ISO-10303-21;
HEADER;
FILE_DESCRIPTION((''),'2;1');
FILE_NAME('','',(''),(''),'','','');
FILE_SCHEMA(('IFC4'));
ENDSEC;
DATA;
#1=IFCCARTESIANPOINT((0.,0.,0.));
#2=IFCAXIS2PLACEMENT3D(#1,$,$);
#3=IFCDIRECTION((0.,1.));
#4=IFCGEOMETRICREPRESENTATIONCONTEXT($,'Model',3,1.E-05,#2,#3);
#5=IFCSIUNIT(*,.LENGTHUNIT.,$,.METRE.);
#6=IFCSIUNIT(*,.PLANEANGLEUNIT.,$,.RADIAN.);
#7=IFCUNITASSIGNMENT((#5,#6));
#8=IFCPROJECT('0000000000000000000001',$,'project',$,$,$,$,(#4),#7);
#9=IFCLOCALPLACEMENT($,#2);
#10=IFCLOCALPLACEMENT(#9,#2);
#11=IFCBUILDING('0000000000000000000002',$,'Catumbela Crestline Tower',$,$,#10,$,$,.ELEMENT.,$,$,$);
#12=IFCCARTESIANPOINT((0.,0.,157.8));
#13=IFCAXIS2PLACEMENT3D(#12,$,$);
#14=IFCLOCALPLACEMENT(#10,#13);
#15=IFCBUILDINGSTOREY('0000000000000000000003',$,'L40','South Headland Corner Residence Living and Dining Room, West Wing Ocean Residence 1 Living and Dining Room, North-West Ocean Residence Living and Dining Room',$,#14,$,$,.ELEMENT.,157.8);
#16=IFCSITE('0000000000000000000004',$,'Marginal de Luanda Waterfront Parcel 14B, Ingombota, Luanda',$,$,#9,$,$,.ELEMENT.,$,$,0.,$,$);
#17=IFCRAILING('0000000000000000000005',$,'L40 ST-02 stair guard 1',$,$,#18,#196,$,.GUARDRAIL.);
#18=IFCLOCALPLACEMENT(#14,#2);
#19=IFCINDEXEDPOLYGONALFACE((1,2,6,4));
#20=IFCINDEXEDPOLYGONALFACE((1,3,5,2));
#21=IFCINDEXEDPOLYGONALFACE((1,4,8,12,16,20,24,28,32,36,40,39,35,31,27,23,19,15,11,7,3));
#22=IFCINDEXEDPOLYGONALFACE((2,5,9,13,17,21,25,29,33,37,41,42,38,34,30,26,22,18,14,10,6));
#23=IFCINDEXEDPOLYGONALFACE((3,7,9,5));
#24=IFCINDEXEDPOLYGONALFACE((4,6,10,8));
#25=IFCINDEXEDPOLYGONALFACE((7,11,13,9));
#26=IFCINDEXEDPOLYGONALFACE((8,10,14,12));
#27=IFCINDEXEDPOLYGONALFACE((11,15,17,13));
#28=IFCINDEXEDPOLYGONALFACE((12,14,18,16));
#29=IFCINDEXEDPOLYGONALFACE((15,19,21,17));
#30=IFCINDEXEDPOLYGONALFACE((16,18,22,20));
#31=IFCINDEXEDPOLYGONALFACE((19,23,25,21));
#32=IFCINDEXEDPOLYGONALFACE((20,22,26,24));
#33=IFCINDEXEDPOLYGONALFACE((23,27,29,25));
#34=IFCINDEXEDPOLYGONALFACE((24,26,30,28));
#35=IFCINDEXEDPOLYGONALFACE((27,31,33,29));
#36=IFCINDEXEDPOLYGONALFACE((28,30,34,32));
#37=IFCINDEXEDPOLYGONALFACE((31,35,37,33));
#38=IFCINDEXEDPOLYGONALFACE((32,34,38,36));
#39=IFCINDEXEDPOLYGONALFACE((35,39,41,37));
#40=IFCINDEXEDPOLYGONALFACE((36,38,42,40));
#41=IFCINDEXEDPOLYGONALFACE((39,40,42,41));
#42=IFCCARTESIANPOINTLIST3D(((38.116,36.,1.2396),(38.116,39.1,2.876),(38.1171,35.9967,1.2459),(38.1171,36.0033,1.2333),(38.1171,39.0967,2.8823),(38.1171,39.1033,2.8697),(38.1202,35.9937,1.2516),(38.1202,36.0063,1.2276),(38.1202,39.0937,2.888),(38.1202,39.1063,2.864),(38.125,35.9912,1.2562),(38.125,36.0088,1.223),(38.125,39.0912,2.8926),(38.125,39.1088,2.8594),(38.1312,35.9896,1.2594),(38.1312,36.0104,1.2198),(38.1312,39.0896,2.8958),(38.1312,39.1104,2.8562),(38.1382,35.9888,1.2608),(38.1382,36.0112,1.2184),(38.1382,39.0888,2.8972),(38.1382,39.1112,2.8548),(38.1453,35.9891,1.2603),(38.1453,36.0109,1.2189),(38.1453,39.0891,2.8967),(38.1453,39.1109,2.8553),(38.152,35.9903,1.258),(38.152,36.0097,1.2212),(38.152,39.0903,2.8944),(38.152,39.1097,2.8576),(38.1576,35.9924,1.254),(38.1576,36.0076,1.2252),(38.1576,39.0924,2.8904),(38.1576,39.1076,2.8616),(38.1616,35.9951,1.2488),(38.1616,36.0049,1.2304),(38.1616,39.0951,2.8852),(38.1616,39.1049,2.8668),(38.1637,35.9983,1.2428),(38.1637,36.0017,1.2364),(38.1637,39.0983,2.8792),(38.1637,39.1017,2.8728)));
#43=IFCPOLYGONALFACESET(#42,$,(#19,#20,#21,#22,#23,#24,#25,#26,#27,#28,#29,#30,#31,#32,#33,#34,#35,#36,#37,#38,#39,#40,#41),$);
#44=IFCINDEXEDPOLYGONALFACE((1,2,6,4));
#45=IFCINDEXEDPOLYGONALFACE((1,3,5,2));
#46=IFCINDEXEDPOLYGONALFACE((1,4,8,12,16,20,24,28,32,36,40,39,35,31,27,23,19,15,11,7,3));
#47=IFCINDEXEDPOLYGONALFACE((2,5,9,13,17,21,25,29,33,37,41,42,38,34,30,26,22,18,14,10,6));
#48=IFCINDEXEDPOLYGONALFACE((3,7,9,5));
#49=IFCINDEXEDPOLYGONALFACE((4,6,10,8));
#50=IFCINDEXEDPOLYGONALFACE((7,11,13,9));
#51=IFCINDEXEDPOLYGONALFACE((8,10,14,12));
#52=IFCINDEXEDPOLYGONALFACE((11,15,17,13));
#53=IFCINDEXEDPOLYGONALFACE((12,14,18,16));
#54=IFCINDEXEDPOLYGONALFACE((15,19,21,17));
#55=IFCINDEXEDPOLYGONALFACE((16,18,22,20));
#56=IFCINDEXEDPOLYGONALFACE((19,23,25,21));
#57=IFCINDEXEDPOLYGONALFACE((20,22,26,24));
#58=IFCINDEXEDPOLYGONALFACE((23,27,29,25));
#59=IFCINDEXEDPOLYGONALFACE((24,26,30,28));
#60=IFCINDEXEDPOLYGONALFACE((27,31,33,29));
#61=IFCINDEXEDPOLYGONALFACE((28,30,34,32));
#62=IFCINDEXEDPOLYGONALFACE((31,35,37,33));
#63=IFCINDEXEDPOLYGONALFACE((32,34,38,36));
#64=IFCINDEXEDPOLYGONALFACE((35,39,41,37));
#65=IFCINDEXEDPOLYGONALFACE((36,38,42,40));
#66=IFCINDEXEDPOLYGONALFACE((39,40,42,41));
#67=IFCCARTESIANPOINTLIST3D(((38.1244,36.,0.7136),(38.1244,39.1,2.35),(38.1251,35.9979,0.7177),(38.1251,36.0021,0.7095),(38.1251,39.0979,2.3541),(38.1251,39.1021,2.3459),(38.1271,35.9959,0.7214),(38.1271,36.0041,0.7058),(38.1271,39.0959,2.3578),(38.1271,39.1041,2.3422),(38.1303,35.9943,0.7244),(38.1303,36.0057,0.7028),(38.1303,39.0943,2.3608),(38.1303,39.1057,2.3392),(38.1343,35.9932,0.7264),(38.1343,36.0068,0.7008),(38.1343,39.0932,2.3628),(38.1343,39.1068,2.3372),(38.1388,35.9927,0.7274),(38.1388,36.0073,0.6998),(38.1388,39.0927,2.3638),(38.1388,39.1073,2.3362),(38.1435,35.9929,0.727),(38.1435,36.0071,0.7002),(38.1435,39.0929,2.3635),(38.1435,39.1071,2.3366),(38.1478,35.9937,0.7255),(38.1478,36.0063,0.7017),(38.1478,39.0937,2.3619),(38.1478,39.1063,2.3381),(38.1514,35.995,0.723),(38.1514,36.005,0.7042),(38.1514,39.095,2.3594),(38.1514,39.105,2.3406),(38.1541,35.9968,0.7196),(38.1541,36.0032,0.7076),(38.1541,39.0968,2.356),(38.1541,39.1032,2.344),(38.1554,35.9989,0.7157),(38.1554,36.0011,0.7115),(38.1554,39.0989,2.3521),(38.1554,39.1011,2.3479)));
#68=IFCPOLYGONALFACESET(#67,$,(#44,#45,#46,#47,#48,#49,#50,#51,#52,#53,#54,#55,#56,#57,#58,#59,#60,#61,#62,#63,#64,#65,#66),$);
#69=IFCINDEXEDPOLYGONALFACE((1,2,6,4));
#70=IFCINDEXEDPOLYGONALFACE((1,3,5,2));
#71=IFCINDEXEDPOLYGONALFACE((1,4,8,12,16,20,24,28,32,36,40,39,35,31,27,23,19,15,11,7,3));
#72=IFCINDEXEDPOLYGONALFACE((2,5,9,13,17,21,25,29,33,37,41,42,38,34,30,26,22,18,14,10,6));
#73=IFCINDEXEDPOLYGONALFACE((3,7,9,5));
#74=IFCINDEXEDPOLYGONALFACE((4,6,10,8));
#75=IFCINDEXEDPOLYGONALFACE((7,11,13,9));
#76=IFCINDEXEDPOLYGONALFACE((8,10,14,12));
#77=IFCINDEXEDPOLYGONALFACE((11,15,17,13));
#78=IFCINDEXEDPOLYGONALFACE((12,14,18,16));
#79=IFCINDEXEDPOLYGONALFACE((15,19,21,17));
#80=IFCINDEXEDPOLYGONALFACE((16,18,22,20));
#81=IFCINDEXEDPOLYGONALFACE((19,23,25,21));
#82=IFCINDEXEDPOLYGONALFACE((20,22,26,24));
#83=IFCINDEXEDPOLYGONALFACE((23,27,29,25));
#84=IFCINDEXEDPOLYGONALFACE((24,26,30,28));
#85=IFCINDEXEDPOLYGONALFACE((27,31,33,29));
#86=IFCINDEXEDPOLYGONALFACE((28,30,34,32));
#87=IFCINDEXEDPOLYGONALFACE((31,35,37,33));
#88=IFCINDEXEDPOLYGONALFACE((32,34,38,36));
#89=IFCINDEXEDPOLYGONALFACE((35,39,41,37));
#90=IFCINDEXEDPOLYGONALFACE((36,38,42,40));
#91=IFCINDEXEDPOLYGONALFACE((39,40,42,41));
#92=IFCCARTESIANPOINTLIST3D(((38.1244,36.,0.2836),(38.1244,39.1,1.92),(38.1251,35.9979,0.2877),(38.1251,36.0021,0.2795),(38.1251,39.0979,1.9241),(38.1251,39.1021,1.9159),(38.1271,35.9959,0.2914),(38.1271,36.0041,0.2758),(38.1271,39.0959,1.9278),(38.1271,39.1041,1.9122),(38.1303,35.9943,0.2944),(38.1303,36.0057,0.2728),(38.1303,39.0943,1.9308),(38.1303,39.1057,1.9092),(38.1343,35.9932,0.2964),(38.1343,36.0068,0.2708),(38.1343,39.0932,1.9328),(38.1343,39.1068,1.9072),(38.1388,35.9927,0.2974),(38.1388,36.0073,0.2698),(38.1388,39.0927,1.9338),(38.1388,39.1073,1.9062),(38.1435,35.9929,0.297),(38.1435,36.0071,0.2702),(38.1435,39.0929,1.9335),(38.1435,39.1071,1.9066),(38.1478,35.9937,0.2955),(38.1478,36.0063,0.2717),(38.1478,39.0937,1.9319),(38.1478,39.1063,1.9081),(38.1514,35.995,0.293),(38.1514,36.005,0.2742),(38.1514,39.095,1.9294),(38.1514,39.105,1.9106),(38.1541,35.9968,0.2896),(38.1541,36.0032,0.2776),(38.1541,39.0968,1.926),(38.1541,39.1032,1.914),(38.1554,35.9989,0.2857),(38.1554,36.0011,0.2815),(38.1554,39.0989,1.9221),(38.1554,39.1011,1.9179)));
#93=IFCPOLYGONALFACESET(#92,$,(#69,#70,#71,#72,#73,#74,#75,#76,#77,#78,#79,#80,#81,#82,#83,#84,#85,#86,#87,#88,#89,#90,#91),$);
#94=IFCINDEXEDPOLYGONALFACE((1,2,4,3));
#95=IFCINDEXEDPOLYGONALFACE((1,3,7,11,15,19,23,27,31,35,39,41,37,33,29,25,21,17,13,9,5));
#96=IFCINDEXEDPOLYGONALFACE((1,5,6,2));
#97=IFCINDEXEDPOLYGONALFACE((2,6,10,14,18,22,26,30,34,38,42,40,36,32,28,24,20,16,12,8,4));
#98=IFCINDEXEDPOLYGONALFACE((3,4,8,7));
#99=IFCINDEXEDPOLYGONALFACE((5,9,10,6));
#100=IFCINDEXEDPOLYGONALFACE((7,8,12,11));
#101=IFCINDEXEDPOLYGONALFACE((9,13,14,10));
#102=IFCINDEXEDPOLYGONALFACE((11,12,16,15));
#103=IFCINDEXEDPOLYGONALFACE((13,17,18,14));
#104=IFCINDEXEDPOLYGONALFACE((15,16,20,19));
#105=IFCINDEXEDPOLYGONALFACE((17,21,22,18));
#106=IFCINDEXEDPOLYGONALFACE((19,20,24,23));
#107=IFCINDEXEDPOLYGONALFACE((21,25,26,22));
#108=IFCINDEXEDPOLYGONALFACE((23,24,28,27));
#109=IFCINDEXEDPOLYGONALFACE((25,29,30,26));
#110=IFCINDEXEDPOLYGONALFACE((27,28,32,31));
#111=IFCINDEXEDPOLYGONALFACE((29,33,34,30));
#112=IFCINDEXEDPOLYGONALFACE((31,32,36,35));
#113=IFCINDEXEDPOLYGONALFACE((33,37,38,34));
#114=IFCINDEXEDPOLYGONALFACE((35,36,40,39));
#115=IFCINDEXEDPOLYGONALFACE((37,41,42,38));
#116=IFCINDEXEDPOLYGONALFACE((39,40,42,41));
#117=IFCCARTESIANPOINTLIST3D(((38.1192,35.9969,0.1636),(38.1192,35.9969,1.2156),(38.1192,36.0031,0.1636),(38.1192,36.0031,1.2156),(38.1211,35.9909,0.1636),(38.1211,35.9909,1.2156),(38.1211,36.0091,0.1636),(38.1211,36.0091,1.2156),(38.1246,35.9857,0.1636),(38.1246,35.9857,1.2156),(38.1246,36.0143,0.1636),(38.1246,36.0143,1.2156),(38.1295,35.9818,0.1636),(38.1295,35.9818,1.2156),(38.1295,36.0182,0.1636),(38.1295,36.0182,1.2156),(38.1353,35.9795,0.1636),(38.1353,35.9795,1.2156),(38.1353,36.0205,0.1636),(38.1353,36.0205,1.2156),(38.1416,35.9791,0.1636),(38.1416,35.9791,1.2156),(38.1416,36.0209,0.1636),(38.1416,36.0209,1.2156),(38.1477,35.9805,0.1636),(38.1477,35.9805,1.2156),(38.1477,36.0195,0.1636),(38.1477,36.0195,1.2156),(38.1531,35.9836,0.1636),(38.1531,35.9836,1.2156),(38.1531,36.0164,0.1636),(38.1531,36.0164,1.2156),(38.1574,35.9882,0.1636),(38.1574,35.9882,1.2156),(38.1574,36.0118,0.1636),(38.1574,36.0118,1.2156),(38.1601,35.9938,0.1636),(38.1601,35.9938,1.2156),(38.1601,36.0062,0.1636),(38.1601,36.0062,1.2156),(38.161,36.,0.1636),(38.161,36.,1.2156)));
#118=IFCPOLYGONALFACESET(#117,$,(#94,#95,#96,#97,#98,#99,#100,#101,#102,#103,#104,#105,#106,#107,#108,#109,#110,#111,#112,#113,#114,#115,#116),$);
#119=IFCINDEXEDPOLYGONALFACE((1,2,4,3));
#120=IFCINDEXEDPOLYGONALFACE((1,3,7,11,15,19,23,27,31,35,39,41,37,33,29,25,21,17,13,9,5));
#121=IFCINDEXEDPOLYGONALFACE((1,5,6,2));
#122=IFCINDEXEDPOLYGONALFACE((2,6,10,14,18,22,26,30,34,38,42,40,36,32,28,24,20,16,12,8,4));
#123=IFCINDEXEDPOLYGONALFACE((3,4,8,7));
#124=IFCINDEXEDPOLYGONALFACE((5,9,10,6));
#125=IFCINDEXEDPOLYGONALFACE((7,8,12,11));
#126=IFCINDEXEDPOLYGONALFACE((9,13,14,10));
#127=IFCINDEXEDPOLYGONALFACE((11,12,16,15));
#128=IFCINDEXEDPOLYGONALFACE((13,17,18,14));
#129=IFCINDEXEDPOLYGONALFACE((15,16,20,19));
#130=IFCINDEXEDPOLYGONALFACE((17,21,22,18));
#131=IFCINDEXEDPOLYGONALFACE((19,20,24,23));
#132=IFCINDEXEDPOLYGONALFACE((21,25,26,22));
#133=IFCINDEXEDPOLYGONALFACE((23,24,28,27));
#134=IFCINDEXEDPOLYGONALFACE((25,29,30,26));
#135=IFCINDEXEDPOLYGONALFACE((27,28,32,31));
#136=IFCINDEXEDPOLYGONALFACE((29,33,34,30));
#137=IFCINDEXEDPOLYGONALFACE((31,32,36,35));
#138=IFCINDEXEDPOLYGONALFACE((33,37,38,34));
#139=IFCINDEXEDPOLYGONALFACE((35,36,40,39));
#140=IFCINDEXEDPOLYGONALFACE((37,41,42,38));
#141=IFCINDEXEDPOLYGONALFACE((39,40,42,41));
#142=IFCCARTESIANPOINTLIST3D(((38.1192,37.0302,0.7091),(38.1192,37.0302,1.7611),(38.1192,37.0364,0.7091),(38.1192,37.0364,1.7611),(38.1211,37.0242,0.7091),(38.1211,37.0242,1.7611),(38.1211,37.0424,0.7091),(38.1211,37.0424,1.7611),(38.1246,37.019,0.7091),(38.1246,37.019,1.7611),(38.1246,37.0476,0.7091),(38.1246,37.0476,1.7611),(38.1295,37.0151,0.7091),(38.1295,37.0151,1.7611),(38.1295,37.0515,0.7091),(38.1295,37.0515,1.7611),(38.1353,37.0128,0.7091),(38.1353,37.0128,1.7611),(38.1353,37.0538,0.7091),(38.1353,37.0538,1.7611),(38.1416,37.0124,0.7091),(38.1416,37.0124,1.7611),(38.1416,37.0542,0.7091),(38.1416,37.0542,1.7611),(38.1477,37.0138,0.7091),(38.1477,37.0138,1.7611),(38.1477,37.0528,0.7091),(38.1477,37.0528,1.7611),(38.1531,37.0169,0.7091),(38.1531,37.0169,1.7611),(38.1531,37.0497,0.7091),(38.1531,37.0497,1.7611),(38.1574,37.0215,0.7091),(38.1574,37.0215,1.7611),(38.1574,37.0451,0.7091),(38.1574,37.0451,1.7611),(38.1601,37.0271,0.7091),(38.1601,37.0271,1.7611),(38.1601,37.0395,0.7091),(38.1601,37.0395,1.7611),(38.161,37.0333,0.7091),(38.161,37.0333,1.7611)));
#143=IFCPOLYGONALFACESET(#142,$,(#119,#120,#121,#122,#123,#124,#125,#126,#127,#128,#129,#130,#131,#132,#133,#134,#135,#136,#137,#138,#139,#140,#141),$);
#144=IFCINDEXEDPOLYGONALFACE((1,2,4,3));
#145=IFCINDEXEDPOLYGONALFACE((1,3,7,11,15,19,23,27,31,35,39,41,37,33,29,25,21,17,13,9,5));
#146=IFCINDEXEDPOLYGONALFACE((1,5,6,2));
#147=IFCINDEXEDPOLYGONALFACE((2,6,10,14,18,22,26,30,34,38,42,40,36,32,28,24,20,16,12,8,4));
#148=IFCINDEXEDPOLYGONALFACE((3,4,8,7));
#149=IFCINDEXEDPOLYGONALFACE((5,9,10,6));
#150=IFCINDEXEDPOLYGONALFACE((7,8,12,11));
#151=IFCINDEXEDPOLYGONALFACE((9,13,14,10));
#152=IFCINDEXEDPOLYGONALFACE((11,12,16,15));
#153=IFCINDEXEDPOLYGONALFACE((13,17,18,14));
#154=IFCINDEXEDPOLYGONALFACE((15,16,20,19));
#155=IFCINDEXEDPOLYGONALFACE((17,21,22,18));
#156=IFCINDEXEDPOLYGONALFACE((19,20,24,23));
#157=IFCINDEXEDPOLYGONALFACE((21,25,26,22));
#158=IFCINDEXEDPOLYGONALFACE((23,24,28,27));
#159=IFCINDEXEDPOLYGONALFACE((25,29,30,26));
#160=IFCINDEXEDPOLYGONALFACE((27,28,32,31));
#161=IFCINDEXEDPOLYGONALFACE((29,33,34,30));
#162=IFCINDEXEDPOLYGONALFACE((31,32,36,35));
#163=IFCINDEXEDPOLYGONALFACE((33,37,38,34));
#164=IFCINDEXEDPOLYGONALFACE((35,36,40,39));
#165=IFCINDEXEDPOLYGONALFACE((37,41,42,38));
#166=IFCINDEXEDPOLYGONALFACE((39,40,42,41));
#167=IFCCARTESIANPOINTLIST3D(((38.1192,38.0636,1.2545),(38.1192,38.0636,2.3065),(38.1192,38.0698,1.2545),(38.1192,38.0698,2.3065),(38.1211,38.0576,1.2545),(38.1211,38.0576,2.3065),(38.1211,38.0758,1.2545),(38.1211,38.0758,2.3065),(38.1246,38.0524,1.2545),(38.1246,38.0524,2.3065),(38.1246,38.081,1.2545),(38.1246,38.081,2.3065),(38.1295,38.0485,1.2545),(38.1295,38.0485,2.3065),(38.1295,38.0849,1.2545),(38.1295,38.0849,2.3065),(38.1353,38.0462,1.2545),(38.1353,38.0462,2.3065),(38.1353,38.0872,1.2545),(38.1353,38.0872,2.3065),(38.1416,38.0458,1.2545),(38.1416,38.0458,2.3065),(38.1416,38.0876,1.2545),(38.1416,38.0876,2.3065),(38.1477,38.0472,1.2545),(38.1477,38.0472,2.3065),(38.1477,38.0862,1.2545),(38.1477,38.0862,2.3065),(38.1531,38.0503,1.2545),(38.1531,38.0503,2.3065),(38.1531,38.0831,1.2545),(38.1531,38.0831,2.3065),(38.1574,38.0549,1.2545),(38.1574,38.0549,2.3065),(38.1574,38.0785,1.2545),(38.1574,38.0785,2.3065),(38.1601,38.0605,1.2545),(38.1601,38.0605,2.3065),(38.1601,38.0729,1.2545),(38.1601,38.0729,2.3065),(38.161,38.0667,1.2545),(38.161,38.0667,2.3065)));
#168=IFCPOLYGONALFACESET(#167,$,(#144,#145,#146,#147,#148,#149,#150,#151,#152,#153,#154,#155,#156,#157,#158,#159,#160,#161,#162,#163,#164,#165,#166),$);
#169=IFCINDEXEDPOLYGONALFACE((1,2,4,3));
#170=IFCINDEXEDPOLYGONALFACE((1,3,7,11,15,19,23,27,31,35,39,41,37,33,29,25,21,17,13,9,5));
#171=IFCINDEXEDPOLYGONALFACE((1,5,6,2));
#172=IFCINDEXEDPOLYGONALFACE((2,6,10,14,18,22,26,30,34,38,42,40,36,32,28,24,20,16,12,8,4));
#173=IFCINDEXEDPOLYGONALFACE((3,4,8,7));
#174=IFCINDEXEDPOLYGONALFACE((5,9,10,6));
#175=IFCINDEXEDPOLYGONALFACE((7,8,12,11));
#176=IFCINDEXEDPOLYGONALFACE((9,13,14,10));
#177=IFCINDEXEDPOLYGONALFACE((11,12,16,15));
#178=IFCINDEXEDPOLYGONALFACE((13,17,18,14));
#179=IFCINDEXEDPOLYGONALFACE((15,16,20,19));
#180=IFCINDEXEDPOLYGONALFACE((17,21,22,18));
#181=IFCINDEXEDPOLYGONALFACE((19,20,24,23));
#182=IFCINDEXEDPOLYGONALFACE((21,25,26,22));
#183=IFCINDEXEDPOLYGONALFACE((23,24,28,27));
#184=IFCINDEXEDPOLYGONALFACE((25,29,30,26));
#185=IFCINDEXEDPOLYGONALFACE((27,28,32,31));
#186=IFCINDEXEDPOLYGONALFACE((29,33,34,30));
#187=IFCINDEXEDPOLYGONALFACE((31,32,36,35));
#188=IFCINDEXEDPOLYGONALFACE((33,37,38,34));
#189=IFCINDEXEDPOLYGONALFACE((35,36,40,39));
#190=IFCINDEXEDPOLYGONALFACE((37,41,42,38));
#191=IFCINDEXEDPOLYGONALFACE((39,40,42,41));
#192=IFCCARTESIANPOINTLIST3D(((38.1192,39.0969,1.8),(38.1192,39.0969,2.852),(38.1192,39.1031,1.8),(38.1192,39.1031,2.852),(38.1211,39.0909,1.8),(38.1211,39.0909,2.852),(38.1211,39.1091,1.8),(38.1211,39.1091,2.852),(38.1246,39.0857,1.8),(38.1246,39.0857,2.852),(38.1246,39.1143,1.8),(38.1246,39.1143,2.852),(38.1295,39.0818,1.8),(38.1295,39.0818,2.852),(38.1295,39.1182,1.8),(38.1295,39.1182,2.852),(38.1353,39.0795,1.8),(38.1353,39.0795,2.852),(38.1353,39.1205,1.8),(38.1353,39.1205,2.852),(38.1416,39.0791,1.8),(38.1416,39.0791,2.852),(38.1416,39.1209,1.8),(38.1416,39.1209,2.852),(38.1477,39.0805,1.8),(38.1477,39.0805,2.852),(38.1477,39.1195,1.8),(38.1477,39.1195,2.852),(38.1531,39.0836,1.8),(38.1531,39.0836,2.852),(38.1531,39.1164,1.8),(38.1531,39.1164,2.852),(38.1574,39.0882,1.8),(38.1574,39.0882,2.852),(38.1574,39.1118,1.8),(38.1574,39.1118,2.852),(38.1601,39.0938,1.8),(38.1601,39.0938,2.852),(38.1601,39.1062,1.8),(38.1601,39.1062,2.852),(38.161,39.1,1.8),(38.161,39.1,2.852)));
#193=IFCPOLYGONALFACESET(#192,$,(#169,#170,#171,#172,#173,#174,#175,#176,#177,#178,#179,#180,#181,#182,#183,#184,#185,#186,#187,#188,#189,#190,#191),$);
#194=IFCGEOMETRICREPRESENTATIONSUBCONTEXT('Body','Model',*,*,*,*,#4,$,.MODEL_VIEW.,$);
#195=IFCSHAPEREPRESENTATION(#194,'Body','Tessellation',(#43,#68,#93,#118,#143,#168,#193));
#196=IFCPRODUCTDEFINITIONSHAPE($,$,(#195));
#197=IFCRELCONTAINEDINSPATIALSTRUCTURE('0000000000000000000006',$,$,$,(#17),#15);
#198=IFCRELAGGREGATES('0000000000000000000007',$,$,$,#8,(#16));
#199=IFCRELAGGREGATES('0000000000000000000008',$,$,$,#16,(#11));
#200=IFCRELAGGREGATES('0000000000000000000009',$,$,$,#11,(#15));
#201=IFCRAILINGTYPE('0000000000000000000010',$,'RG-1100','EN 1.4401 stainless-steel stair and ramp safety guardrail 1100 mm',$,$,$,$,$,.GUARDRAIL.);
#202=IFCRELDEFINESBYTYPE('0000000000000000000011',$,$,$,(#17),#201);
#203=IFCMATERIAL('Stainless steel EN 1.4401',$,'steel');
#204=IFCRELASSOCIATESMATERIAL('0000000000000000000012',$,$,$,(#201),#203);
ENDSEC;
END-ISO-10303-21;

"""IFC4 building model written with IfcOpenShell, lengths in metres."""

from ifc_helpers import new_model, si_unit, direction, frame, origin, origin_2d, place, context, subcontext, project, spatial, circle, extrude, material, type_object, element, save


model = new_model("IFC4")

# Units and contexts
model_context = context("Model", 3, precision=1e-05, world=origin(), true_north=direction((0.0, 1.0)))
body_context = subcontext(model_context, "Body", "Model", "MODEL_VIEW")
ifc_project = project(units=[si_unit("LENGTHUNIT", "METRE"), si_unit("PLANEANGLEUNIT", "RADIAN")], contexts=[model_context])

# Site, building, storey
site_placement = place(None, origin())
site = spatial("IfcSite", under=ifc_project, at=site_placement, Name="Marginal de Luanda Waterfront Parcel 14B, Ingombota, Luanda", CompositionType="ELEMENT", RefElevation=0.0)
building_placement = place(site_placement, origin())
building = spatial("IfcBuilding", under=site, at=building_placement, Name="Catumbela Crestline Tower", CompositionType="ELEMENT")
storey_placement = place(building_placement, frame((0.0, 0.0, 157.8)))
storey = spatial("IfcBuildingStorey", under=building, at=storey_placement, Name="L40", Description="South Headland Corner Residence Living and Dining Room, West Wing Ocean Residence 1 Living and Dining Room, North-West Ocean Residence Living and Dining Room", CompositionType="ELEMENT", Elevation=157.8)

# Shared definitions
ifc_material_1 = material(Name="Stainless steel EN 1.4401", Category="steel")

# Railing
railing_type_1 = type_object("IfcRailingType", Name="RG-1100", Description="EN 1.4401 stainless-steel stair and ramp safety guardrail 1100 mm", PredefinedType="GUARDRAIL", material=ifc_material_1)
railing_1_placement = place(storey_placement, frame((38.14, 36.0, 0.1636)))
element("IfcRailing", 1, at=railing_1_placement, inside=storey, type_object=railing_type_1, Name="L40 ST-02 stair guard 1", PredefinedType="GUARDRAIL", context=body_context, shape_type="SweptSolid", body=[
    extrude(circle(Radius=0.024, at=origin_2d()), frame((0.0, 0.0, 1.076), z_axis=(0.0, 0.884351, 0.466823), x_axis=(-1.0, 0.0, 0.0)), (0.0, 0.0, 1.0), 3.5054),
    extrude(circle(Radius=0.0156, at=origin_2d()), frame((0.0, 0.0, 0.55), z_axis=(0.0, 0.884351, 0.466823), x_axis=(-1.0, 0.0, 0.0)), (0.0, 0.0, 1.0), 3.5054),
    extrude(circle(Radius=0.0156, at=origin_2d()), frame((0.0, 0.0, 0.12), z_axis=(0.0, 0.884351, 0.466823), x_axis=(-1.0, 0.0, 0.0)), (0.0, 0.0, 1.0), 3.5054),
    extrude(circle(Radius=0.021, at=origin_2d()), origin(), (0.0, 0.0, 1.0), 1.052),
    extrude(circle(Radius=0.021, at=origin_2d()), frame((0.0, 1.0333, 0.5455)), (0.0, 0.0, 1.0), 1.052),
    extrude(circle(Radius=0.021, at=origin_2d()), frame((0.0, 2.0667, 1.0909)), (0.0, 0.0, 1.0), 1.052),
    extrude(circle(Radius=0.021, at=origin_2d()), frame((0.0, 3.1, 1.6364)), (0.0, 0.0, 1.0), 1.052),
])

save(model, "model.ifc")
